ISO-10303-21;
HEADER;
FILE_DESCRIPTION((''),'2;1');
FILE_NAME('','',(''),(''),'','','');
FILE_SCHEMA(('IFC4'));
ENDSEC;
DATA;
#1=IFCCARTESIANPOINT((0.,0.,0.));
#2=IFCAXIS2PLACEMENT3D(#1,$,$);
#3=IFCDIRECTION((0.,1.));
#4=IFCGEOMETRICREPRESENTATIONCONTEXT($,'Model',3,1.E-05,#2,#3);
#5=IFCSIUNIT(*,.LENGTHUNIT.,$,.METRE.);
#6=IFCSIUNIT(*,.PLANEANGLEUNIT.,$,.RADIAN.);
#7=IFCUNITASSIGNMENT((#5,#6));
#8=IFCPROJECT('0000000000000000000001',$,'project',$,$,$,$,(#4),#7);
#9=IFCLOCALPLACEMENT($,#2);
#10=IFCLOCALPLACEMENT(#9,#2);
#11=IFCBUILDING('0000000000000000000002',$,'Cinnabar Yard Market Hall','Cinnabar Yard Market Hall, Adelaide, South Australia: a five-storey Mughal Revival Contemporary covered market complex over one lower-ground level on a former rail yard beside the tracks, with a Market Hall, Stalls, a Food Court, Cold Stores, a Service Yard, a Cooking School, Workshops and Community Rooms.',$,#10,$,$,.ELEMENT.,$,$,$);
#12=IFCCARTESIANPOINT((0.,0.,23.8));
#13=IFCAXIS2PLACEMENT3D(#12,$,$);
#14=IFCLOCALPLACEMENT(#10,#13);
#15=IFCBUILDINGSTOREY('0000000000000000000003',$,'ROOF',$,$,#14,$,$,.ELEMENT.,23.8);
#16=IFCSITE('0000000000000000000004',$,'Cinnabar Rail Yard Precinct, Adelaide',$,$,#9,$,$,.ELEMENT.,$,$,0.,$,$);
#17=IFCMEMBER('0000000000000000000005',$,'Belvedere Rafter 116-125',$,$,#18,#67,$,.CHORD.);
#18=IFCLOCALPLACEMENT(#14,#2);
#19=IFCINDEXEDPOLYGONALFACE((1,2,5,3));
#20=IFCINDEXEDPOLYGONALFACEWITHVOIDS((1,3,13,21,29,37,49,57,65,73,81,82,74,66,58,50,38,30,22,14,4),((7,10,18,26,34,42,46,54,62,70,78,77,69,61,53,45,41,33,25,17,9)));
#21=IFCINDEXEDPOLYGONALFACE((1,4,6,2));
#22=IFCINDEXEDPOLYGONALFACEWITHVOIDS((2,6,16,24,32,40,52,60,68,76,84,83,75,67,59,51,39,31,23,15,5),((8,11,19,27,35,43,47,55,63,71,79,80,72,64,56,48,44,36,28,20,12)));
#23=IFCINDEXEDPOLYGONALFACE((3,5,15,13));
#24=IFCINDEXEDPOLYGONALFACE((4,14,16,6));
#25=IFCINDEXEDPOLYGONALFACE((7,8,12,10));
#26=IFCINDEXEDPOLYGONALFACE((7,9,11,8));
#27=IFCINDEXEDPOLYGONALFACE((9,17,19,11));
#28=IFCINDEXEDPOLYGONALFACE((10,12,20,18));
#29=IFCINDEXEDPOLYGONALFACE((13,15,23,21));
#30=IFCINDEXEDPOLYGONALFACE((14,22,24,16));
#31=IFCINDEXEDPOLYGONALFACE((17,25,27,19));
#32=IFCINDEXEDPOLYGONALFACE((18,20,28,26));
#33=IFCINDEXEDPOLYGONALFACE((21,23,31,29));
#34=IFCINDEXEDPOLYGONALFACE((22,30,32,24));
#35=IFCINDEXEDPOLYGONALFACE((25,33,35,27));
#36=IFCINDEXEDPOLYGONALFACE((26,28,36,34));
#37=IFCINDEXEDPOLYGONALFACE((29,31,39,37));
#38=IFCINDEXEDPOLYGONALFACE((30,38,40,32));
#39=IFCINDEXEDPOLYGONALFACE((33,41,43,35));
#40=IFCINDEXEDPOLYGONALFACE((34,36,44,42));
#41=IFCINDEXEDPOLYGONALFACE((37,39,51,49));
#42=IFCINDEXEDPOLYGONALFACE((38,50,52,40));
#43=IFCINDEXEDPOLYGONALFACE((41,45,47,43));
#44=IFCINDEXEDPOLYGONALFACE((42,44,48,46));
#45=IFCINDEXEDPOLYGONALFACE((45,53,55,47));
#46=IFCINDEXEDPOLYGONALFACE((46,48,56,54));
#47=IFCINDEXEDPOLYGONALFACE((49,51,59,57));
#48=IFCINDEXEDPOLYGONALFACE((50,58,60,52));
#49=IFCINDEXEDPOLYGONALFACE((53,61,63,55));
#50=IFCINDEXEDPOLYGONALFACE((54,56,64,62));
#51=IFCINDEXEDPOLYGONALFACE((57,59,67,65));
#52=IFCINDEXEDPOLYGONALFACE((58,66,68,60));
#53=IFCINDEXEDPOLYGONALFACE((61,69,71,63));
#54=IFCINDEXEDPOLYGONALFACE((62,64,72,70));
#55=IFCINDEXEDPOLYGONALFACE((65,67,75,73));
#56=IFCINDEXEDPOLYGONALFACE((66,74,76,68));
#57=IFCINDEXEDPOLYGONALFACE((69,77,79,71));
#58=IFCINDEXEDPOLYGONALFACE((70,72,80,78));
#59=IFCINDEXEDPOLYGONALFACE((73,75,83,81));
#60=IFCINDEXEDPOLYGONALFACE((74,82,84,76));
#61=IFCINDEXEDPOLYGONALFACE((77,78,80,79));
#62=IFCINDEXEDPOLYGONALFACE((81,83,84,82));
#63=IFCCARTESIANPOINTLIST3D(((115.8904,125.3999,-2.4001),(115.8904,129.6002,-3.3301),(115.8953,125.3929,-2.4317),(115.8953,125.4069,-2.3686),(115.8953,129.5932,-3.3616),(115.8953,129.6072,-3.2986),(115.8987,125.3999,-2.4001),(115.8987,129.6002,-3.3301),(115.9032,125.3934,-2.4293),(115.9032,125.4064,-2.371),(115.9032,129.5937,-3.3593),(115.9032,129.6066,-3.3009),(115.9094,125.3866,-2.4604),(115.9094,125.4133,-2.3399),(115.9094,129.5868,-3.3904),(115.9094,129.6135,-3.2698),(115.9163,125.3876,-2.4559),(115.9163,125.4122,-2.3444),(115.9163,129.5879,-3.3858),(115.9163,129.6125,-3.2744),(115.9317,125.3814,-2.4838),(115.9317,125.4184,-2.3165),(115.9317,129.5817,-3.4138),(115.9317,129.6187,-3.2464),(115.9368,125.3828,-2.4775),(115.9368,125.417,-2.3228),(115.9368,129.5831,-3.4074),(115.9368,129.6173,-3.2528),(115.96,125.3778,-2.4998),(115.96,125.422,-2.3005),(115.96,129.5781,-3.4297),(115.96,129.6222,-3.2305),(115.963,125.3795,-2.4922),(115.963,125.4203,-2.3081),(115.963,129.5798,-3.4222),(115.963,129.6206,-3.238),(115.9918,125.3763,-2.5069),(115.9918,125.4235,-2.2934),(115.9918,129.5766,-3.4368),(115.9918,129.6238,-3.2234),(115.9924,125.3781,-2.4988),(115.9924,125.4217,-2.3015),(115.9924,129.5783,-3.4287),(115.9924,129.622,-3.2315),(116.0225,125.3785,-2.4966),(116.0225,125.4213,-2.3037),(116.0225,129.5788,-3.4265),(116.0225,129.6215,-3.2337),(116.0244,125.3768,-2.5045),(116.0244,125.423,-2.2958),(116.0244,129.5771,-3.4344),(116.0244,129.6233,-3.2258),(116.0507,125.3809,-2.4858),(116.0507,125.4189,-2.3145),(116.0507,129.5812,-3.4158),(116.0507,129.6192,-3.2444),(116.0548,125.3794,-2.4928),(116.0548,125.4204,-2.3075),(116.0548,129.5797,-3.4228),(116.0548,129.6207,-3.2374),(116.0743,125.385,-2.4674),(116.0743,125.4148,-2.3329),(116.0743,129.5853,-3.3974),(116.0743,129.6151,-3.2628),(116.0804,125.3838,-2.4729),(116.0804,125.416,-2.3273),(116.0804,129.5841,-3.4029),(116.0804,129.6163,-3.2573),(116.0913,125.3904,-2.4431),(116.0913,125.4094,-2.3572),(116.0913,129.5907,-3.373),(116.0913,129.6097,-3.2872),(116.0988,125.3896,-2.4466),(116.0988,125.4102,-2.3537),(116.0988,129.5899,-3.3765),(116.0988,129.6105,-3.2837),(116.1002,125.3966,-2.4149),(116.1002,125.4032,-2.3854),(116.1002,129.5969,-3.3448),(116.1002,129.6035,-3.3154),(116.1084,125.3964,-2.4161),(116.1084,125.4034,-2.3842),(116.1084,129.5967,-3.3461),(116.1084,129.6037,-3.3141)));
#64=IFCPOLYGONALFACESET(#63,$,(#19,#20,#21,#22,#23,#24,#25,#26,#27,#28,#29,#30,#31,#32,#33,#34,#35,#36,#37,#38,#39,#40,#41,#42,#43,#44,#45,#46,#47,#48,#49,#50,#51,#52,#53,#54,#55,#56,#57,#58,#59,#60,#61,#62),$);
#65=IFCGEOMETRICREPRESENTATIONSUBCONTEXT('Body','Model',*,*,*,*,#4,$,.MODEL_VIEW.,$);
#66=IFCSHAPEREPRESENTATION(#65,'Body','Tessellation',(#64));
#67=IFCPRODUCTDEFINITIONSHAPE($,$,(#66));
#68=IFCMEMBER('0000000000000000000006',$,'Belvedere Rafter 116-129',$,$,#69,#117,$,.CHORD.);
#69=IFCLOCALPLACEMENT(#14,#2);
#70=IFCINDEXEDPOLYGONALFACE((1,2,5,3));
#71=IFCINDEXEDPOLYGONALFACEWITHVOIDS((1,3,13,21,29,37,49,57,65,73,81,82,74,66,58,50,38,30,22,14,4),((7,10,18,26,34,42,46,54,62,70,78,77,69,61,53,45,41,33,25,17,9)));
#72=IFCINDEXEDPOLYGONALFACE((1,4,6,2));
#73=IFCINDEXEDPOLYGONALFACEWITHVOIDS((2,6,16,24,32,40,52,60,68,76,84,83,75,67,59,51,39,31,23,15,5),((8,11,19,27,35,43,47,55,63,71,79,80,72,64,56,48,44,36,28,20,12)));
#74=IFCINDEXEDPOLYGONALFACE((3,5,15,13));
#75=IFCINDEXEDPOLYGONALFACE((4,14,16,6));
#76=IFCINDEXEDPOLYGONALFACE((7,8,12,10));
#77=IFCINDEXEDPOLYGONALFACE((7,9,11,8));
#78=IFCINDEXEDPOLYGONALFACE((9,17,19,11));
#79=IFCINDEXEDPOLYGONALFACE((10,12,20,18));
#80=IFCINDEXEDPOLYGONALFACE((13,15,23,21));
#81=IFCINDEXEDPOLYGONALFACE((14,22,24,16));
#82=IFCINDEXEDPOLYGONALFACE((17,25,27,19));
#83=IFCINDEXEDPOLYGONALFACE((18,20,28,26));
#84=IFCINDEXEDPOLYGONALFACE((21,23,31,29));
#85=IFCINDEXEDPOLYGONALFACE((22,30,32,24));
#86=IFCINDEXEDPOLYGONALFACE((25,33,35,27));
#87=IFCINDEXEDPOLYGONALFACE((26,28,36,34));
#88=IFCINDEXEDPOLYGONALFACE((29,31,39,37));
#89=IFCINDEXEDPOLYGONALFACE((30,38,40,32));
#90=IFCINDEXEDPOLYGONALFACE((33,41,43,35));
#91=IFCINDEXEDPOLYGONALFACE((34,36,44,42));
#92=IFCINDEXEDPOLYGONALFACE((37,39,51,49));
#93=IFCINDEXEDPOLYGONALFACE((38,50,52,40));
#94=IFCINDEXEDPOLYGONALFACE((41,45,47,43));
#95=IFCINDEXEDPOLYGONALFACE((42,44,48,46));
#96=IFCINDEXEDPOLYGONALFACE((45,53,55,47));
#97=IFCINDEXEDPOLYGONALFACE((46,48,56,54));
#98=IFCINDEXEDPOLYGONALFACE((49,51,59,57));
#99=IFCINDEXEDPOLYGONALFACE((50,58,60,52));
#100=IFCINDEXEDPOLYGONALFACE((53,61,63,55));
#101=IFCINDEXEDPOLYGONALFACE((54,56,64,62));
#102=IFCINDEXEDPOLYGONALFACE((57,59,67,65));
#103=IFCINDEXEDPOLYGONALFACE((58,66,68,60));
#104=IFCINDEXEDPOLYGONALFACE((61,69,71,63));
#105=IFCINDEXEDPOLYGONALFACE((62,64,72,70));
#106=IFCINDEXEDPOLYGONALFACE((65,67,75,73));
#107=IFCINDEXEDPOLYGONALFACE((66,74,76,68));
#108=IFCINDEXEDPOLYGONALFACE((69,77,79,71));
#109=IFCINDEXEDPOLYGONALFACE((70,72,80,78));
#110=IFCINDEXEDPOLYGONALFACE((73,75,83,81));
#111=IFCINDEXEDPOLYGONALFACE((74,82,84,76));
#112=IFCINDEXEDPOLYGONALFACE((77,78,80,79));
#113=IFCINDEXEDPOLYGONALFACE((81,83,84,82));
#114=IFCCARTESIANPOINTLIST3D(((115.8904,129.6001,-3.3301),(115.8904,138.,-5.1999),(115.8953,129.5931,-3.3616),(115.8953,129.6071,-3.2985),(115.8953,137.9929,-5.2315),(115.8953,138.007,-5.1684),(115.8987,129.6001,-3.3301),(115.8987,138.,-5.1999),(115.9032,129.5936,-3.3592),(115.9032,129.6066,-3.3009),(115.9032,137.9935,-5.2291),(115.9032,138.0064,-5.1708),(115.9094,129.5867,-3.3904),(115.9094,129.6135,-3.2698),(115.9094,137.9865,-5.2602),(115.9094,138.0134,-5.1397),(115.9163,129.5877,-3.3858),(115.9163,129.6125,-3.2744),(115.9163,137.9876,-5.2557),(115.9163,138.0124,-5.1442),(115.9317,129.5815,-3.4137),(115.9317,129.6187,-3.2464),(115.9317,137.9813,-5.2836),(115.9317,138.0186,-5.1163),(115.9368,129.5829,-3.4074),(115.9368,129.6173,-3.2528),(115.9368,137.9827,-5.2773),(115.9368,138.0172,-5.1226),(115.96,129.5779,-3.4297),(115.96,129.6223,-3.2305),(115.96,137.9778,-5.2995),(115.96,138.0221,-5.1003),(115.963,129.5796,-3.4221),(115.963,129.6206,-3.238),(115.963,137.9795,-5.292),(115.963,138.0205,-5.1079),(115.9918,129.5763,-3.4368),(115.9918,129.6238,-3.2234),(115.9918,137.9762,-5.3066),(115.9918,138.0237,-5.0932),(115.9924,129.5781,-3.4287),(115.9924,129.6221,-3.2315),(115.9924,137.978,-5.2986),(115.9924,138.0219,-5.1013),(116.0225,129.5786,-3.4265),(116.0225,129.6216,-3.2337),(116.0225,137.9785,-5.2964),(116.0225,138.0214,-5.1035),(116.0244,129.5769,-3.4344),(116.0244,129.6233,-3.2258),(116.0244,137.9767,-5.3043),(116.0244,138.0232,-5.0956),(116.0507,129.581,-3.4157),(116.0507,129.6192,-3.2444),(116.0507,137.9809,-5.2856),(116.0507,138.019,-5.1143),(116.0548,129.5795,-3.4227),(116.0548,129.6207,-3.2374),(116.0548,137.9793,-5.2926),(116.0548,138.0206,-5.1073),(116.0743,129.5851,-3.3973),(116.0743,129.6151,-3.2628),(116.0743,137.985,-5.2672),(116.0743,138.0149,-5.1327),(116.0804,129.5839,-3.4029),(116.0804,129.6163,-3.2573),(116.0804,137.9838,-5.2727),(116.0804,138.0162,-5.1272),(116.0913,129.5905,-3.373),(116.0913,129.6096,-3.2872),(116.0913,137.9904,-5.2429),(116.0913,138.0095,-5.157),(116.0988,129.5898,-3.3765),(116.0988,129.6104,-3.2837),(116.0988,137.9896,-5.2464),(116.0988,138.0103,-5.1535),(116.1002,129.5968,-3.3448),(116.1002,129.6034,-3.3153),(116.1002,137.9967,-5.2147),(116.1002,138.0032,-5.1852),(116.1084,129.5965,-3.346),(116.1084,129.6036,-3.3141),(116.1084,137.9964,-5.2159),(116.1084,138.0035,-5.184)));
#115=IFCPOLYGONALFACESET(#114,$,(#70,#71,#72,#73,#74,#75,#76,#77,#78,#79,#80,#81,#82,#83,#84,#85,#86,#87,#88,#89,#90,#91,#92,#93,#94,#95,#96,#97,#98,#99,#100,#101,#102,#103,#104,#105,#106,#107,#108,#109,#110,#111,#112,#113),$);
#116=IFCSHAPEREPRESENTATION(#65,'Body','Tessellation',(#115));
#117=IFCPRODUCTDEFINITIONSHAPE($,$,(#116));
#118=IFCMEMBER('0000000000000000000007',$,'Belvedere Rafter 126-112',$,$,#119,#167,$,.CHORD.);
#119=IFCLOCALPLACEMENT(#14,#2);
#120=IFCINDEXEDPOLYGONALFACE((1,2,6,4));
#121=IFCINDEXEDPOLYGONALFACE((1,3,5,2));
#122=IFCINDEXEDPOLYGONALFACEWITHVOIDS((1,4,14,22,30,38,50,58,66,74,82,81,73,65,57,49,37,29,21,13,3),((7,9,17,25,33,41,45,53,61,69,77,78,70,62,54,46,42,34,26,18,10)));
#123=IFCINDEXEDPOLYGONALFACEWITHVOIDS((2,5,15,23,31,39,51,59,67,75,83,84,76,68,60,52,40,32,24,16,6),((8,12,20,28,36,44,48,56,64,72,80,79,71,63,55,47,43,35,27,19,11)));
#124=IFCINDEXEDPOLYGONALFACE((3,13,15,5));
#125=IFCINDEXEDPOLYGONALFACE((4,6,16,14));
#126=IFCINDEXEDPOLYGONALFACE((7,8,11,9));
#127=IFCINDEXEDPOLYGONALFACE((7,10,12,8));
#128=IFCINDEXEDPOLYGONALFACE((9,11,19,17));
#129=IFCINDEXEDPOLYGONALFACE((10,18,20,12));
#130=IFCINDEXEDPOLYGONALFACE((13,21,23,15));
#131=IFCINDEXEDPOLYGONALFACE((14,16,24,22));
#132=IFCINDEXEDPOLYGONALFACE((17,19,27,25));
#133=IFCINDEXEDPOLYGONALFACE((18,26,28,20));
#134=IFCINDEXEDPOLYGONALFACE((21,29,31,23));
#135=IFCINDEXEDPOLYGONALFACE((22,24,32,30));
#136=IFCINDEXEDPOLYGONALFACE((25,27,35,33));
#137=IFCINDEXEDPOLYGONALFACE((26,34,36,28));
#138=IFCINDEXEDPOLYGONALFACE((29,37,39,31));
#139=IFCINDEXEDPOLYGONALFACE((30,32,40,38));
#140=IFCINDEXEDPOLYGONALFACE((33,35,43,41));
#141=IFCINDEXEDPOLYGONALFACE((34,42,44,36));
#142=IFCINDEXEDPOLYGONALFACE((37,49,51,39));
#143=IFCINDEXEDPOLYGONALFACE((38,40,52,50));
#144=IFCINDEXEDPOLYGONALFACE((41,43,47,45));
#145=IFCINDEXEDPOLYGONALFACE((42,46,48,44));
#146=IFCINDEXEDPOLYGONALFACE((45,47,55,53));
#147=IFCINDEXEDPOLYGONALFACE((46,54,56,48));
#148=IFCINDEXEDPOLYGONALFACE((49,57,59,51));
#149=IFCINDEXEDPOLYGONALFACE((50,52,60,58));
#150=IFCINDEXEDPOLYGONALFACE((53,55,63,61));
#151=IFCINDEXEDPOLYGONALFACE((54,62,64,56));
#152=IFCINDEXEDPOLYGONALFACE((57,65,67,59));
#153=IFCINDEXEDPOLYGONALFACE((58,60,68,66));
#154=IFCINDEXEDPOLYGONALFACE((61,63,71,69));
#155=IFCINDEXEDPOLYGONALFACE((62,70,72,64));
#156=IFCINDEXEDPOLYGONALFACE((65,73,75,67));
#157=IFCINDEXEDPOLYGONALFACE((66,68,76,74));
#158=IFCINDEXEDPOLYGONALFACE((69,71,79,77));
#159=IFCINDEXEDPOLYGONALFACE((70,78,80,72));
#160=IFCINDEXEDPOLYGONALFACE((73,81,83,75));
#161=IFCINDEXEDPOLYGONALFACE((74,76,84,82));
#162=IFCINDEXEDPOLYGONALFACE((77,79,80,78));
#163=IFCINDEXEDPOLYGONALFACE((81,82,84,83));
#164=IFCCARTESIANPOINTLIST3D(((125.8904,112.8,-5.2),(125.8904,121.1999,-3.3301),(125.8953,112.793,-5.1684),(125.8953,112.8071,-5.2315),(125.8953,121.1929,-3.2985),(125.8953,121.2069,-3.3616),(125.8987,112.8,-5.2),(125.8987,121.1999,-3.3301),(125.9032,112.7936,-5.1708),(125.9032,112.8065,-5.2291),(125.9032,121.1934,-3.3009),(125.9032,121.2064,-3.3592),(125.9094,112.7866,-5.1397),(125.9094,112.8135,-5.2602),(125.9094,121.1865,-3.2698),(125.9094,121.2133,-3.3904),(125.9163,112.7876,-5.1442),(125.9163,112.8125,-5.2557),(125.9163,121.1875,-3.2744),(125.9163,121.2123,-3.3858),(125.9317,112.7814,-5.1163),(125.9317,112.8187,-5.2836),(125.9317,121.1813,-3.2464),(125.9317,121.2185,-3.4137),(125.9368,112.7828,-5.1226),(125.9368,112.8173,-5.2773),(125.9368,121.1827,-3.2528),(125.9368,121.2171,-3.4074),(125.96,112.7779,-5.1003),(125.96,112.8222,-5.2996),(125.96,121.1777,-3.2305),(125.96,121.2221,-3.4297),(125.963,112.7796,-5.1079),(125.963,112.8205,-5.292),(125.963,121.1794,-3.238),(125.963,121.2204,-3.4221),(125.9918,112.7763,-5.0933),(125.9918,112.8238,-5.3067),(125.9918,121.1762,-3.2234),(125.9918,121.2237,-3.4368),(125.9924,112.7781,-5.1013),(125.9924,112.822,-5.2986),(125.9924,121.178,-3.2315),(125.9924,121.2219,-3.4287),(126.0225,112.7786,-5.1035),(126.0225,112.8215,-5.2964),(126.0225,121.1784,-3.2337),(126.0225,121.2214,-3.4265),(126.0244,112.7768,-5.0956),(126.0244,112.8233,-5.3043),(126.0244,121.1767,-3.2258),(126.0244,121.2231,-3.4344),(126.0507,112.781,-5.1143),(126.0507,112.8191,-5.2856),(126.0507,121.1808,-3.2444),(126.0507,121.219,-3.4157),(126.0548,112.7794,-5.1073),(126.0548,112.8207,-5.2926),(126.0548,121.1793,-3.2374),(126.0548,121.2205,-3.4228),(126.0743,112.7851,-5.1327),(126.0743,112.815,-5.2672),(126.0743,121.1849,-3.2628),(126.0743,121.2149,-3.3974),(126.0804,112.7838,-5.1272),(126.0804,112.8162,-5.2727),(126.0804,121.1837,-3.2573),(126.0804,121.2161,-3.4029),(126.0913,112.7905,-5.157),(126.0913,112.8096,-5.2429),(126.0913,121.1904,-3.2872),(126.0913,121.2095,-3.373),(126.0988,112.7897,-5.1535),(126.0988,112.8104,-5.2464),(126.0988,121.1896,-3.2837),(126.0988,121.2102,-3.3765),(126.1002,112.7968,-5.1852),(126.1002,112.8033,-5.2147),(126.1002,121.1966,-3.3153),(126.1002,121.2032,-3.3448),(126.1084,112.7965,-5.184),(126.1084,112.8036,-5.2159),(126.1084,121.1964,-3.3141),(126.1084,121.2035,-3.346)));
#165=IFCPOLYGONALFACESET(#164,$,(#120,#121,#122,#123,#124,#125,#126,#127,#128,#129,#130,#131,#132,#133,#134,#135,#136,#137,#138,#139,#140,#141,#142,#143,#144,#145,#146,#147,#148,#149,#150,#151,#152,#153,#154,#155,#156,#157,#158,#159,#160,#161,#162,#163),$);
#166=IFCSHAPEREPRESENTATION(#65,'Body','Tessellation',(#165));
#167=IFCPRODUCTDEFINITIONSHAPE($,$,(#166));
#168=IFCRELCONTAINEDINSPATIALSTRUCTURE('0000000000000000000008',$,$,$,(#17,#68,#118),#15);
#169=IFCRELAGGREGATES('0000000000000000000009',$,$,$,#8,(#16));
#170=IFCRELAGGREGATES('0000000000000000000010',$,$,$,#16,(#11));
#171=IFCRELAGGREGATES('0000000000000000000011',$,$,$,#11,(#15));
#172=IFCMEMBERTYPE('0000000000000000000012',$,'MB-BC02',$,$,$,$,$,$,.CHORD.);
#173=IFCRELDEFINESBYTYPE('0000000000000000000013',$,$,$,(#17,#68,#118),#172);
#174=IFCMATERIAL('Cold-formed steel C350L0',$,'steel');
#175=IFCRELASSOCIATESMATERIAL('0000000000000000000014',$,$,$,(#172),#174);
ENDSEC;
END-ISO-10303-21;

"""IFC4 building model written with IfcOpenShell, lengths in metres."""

from ifc_helpers import new_model, si_unit, direction, frame, origin, origin_2d_with_axis, place, context, subcontext, project, spatial, hollow_circle, extrude, material, material_profile, profile_set, type_object, element, save


model = new_model("IFC4")

# Units and contexts
model_context = context("Model", 3, precision=1e-05, world=origin(), true_north=direction((0.0, 1.0)))
body_context = subcontext(model_context, "Body", "Model", "MODEL_VIEW")
ifc_project = project(units=[si_unit("LENGTHUNIT", "METRE"), si_unit("PLANEANGLEUNIT", "RADIAN")], contexts=[model_context])

# Site, building, storey
site_placement = place(None, origin())
site = spatial("IfcSite", under=ifc_project, at=site_placement, Name="Cinnabar Rail Yard Precinct, Adelaide", CompositionType="ELEMENT", RefElevation=0.0)
building_placement = place(site_placement, origin())
building = spatial("IfcBuilding", under=site, at=building_placement, Name="Cinnabar Yard Market Hall", Description="Cinnabar Yard Market Hall, Adelaide, South Australia: a five-storey Mughal Revival Contemporary covered market complex over one lower-ground level on a former rail yard beside the tracks, with a Market Hall, Stalls, a Food Court, Cold Stores, a Service Yard, a Cooking School, Workshops and Community Rooms.", CompositionType="ELEMENT")
storey_placement = place(building_placement, frame((0.0, 0.0, 23.8)))
storey = spatial("IfcBuildingStorey", under=building, at=storey_placement, Name="ROOF", CompositionType="ELEMENT", Elevation=23.8)

# Shared definitions
ifc_material_1 = material(Name="Cold-formed steel C350L0", Category="steel")

# Members
ifc_material_profile_1 = material_profile(ifc_material_1, hollow_circle(Radius=0.1096, WallThickness=0.0083, at=origin_2d_with_axis()), Name="219.1x8.2CHS")
ifc_profile_set_1 = profile_set([ifc_material_profile_1], Name="Cold-formed steel C350L0")
member_type_1 = type_object("IfcMemberType", Name="MB-BC02", PredefinedType="CHORD", material=ifc_profile_set_1)
member_1_placement = place(storey_placement, frame((116.0, 125.3999, -2.4001), z_axis=(0.0, 0.976356, -0.216167), x_axis=(-1.0, 0.0, 0.0)))
element("IfcMember", 1, at=member_1_placement, inside=storey, type_object=member_type_1, Name="Belvedere Rafter 116-125", PredefinedType="CHORD", context=body_context, shape_type="SweptSolid", body=[
    extrude(hollow_circle(Radius=0.1096, WallThickness=0.0083, at=origin_2d_with_axis()), origin(), (0.0, 0.0, 1.0), 4.302),
])
for number, where, z_axis, x_axis, name in (
    (2, (116.0, 129.6001, -3.3301), (0.0, 0.976108, -0.217288), (-1.0, 0.0, 0.0), "Belvedere Rafter 116-129"),
    (3, (126.0, 112.8, -5.2), (0.0, 0.976108, 0.217288), (-1.0, 0.0, 0.0), "Belvedere Rafter 126-112"),
):
    element("IfcMember", number, at=place(storey_placement, frame(where, z_axis=z_axis, x_axis=x_axis)), inside=storey, type_object=member_type_1, Name=name, PredefinedType="CHORD", context=body_context, shape_type="SweptSolid", body=[
        extrude(hollow_circle(Radius=0.1096, WallThickness=0.0083, at=origin_2d_with_axis()), origin(), (0.0, 0.0, 1.0), 8.6055),
    ])

save(model, "model.ifc")
